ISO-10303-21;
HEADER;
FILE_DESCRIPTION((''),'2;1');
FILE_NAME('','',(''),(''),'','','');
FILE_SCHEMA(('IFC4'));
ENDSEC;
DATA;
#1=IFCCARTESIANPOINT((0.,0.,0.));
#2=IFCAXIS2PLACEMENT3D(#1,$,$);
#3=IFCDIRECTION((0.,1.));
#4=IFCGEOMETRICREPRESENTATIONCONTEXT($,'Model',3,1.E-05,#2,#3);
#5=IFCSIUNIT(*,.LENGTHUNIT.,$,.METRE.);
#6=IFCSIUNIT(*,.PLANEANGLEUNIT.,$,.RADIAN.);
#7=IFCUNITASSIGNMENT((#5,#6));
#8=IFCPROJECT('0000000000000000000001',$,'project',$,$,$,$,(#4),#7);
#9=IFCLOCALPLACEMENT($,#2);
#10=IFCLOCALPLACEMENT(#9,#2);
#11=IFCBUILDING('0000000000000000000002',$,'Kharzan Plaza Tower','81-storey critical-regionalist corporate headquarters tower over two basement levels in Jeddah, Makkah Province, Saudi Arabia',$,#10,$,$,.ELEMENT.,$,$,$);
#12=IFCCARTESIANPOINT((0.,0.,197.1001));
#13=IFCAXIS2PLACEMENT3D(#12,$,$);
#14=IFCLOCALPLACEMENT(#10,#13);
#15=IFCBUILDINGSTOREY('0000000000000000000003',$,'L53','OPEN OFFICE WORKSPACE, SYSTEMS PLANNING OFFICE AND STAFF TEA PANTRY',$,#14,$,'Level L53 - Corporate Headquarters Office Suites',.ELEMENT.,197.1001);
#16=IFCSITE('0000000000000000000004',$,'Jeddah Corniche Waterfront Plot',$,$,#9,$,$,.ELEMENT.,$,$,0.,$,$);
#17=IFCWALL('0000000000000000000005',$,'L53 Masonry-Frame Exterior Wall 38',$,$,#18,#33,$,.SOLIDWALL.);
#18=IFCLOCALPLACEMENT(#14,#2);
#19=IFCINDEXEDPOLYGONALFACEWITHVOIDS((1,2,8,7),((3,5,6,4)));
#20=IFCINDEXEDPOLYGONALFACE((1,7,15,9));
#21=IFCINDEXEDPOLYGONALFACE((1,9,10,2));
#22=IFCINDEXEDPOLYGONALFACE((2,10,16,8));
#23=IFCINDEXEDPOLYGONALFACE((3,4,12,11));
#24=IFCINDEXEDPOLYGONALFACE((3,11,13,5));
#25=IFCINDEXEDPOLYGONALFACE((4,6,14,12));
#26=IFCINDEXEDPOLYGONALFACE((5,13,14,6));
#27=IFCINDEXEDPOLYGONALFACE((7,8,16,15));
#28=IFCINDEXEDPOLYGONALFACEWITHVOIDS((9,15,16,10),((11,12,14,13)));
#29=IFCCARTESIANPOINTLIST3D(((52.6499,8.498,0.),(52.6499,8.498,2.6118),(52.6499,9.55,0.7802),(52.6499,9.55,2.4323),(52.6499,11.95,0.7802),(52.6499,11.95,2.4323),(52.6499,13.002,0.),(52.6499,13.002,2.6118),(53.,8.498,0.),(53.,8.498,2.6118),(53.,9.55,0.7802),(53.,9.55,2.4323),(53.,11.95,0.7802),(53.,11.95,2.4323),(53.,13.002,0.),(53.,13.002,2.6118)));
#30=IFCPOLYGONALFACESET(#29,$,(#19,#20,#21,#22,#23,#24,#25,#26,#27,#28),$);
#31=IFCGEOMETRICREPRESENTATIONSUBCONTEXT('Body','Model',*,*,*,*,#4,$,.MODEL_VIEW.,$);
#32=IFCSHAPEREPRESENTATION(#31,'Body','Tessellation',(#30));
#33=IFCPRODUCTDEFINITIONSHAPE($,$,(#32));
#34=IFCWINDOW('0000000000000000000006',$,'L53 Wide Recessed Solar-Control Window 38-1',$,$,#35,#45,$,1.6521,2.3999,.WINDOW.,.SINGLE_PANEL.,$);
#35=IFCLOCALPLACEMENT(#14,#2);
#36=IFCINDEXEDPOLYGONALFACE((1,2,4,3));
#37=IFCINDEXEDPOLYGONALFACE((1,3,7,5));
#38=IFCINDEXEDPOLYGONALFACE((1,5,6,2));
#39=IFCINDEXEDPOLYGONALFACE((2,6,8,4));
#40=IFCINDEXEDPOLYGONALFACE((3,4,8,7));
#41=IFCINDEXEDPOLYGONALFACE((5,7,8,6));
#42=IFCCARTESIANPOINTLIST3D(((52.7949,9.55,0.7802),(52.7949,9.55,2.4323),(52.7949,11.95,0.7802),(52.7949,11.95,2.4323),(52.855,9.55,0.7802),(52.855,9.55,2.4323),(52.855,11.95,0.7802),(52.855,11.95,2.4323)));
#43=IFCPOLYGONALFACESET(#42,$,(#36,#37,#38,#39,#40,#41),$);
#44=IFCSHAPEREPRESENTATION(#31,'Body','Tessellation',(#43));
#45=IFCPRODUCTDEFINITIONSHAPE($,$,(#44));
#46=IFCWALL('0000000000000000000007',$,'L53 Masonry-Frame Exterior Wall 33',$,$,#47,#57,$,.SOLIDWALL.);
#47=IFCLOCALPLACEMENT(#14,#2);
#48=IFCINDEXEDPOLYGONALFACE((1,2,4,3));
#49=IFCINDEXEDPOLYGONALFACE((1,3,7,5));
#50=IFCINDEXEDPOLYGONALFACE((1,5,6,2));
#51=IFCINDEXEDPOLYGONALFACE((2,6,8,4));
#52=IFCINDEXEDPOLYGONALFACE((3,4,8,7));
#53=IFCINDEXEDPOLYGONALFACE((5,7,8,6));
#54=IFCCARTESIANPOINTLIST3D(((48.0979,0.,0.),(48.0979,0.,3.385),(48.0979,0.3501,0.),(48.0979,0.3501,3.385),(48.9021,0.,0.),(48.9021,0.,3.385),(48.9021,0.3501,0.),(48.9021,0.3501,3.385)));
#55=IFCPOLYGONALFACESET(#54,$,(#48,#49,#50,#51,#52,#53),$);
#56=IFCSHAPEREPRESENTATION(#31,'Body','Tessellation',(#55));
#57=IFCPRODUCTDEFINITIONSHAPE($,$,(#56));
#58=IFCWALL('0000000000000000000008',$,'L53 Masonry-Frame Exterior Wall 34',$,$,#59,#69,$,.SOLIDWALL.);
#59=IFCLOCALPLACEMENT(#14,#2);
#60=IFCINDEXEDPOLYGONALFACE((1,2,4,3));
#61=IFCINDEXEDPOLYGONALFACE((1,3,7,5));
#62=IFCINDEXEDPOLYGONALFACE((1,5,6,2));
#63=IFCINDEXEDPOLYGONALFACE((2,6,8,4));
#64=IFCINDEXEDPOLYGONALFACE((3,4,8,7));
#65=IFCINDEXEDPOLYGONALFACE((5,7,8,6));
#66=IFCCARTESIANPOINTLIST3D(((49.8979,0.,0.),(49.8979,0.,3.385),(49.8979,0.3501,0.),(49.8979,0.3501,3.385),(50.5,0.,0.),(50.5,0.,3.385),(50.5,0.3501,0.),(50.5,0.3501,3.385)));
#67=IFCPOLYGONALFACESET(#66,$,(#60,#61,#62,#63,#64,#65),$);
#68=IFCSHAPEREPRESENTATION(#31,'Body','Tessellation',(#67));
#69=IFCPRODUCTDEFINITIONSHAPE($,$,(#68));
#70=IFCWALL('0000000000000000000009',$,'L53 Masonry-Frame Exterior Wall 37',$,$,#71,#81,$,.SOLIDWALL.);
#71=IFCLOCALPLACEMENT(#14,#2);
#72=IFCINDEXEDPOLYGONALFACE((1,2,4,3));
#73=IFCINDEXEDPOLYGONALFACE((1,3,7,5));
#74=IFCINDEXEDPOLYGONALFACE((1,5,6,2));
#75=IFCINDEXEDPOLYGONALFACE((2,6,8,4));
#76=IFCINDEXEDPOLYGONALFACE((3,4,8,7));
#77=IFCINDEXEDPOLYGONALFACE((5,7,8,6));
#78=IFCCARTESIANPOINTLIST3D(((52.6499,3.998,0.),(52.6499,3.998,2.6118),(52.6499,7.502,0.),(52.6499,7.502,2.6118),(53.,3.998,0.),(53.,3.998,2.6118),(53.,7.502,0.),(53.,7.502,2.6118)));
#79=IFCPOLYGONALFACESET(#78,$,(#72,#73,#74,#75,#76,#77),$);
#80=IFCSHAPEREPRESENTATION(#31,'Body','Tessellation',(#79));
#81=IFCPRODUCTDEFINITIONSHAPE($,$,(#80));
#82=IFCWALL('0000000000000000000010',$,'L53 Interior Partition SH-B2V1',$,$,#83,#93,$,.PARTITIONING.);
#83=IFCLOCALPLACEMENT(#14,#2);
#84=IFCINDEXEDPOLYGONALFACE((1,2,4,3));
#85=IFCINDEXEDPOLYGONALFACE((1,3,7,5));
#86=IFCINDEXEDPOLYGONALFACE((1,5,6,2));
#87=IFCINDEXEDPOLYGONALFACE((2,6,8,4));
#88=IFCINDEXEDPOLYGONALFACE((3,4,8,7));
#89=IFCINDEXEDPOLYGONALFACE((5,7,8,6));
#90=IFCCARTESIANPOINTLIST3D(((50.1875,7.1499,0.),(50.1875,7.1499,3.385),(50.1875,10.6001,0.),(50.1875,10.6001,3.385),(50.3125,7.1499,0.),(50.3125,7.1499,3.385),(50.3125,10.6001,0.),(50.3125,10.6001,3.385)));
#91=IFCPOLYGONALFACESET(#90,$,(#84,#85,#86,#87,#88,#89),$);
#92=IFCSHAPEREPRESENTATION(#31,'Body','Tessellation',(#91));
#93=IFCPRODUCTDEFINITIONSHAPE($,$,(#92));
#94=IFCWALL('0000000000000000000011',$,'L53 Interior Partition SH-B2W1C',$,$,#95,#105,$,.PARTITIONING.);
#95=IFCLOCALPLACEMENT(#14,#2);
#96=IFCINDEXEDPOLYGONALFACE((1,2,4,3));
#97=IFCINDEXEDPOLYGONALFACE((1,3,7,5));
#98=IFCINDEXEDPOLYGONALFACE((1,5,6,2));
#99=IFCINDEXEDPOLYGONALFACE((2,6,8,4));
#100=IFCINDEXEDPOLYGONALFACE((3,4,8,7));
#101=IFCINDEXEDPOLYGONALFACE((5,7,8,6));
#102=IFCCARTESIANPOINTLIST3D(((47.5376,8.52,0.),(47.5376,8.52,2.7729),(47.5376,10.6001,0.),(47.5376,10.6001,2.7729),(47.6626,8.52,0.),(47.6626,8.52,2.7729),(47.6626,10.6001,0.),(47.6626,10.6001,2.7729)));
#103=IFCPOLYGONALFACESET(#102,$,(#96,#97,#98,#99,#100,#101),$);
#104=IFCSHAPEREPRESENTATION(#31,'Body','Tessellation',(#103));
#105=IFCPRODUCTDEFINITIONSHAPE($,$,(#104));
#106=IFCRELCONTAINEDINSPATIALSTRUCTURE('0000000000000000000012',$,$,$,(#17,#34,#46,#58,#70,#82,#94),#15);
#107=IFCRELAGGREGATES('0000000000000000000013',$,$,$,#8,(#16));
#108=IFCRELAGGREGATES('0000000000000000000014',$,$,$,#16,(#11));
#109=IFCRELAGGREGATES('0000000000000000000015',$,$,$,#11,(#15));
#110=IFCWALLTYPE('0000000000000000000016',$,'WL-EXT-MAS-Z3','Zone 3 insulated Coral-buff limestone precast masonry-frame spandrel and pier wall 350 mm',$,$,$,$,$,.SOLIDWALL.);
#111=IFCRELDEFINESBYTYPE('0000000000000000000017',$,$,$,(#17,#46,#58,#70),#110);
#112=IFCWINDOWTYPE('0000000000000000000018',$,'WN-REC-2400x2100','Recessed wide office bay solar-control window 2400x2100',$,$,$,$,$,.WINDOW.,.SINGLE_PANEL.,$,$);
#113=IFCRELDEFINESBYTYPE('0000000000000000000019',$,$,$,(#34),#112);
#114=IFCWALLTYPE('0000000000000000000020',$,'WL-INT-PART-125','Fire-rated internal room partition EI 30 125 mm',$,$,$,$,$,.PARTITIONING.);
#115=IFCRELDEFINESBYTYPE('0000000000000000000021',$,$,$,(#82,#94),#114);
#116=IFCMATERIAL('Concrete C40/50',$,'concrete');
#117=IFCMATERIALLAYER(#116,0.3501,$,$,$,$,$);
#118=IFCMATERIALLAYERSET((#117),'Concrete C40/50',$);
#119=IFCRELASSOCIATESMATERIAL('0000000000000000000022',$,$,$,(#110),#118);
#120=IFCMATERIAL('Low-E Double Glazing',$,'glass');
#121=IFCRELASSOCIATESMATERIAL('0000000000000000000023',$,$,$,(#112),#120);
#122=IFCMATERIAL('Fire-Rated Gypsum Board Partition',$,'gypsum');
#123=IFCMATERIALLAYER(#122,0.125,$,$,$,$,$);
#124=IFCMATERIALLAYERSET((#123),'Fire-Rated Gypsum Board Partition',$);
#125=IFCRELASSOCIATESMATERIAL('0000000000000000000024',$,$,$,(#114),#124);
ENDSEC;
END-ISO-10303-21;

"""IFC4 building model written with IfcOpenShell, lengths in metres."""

from ifc_helpers import new_model, si_unit, direction, frame, frame_2d, origin, place, context, subcontext, project, spatial, rectangle, extrude, source, transform, mapped, material, layer, layer_set, type_object, element, fill, save


model = new_model("IFC4")

# Units and contexts
model_context = context("Model", 3, precision=1e-05, world=origin(), true_north=direction((0.0, 1.0)))
body_context = subcontext(model_context, "Body", "Model", "MODEL_VIEW")
ifc_project = project(units=[si_unit("LENGTHUNIT", "METRE"), si_unit("PLANEANGLEUNIT", "RADIAN")], contexts=[model_context])

# Site, building, storey
site_placement = place(None, origin())
site = spatial("IfcSite", under=ifc_project, at=site_placement, Name="Jeddah Corniche Waterfront Plot", CompositionType="ELEMENT", RefElevation=0.0)
building_placement = place(site_placement, origin())
building = spatial("IfcBuilding", under=site, at=building_placement, Name="Kharzan Plaza Tower", Description="81-storey critical-regionalist corporate headquarters tower over two basement levels in Jeddah, Makkah Province, Saudi Arabia", CompositionType="ELEMENT")
storey_placement = place(building_placement, frame((0.0, 0.0, 197.1001)))
storey = spatial("IfcBuildingStorey", under=building, at=storey_placement, Name="L53", Description="OPEN OFFICE WORKSPACE, SYSTEMS PLANNING OFFICE AND STAFF TEA PANTRY", LongName="Level L53 - Corporate Headquarters Office Suites", CompositionType="ELEMENT", Elevation=197.1001)

# Wall, opening, window
ifc_material_1 = material(Name="Concrete C40/50", Category="concrete")
ifc_layer_1 = layer(ifc_material_1, 0.3501)
ifc_layer_set_1 = layer_set([ifc_layer_1], Name="Concrete C40/50")
wall_type_1 = type_object("IfcWallType", Name="WL-EXT-MAS-Z3", Description="Zone 3 insulated Coral-buff limestone precast masonry-frame spandrel and pier wall 350 mm", PredefinedType="SOLIDWALL", material=ifc_layer_set_1)
ifc_material_2 = material(Name="Low-E Double Glazing", Category="glass")
wall_1_placement = place(storey_placement, frame((52.825, 8.498, 0.0), z_axis=(0.0, 0.0, 1.0), x_axis=(0.0, 1.0, 0.0)))
wall_1 = element("IfcWall", 1, at=wall_1_placement, inside=storey, type_object=wall_type_1, Name="L53 Masonry-Frame Exterior Wall 38", PredefinedType="SOLIDWALL", context=body_context, shape_type="SweptSolid", body=[
    extrude(rectangle(XDim=4.5039, YDim=0.3501, at=frame_2d((2.252, 0.0))), origin(), (0.0, 0.0, 1.0), 2.6118),
])
opening_1_placement = place(wall_1_placement, frame((1.052, 0.0, 0.78)))
opening_1 = element("IfcOpeningElement", 2, at=opening_1_placement, cuts=wall_1, PredefinedType="OPENING", context=body_context, shape_type="SweptSolid", body=[
    extrude(rectangle(XDim=2.3999, YDim=1.6521, at=frame_2d((1.2, 0.8262))), frame((0.0, 0.1851, 0.0), z_axis=(0.0, -1.0, 0.0), x_axis=(1.0, 0.0, 0.0)), (0.0, 0.0, 1.0), 0.3701),
])
window_type_1 = type_object("IfcWindowType", Name="WN-REC-2400x2100", Description="Recessed wide office bay solar-control window 2400x2100", PartitioningType="SINGLE_PANEL", PredefinedType="WINDOW", material=ifc_material_2)
shared_shape_1 = source(origin(), body_context, "Body", "SweptSolid", [
    extrude(rectangle(XDim=2.3999, YDim=1.6521, at=frame_2d((1.2, 0.8262))), frame((0.0, 0.03, 0.0), z_axis=(0.0, -1.0, 0.0), x_axis=(1.0, 0.0, 0.0)), (0.0, 0.0, 1.0), 0.0601),
])
window_1_placement = place(opening_1_placement, origin())
window_1 = element("IfcWindow", 3, at=window_1_placement, inside=storey, type_object=window_type_1, Name="L53 Wide Recessed Solar-Control Window 38-1", OverallHeight=1.6521, OverallWidth=2.3999, PartitioningType="SINGLE_PANEL", PredefinedType="WINDOW", context=body_context, shape_type="MappedRepresentation", body=[
    mapped(shared_shape_1, transform((0.0, 0.0, 0.0), x_axis=(1.0, 0.0, 0.0), y_axis=(0.0, 1.0, 0.0), z_axis=(0.0, 0.0, 1.0))),
])
fill(opening_1, window_1)

# Walls
shared_shape_2 = source(origin(), body_context, "Body", "SweptSolid", [
    extrude(rectangle(XDim=0.8042, YDim=0.3501, at=frame_2d((0.4021, 0.0))), origin(), (0.0, 0.0, 1.0), 3.385),
])
wall_2_placement = place(storey_placement, frame((48.0979, 0.175, 0.0), z_axis=(0.0, 0.0, 1.0), x_axis=(1.0, 0.0, 0.0)))
element("IfcWall", 4, at=wall_2_placement, inside=storey, type_object=wall_type_1, Name="L53 Masonry-Frame Exterior Wall 33", PredefinedType="SOLIDWALL", context=body_context, shape_type="MappedRepresentation", body=[
    mapped(shared_shape_2, transform((0.0, 0.0, 0.0), x_axis=(1.0, 0.0, 0.0), y_axis=(0.0, 1.0, 0.0), z_axis=(0.0, 0.0, 1.0))),
])
shared_shape_3 = source(origin(), body_context, "Body", "SweptSolid", [
    extrude(rectangle(XDim=0.6021, YDim=0.3501, at=frame_2d((0.301, 0.0))), origin(), (0.0, 0.0, 1.0), 3.385),
])
wall_3_placement = place(storey_placement, frame((49.8979, 0.175, 0.0), z_axis=(0.0, 0.0, 1.0), x_axis=(1.0, 0.0, 0.0)))
element("IfcWall", 5, at=wall_3_placement, inside=storey, type_object=wall_type_1, Name="L53 Masonry-Frame Exterior Wall 34", PredefinedType="SOLIDWALL", context=body_context, shape_type="MappedRepresentation", body=[
    mapped(shared_shape_3, transform((0.0, 0.0, 0.0), x_axis=(1.0, 0.0, 0.0), y_axis=(0.0, 1.0, 0.0), z_axis=(0.0, 0.0, 1.0))),
])
shared_shape_4 = source(origin(), body_context, "Body", "SweptSolid", [
    extrude(rectangle(XDim=3.5039, YDim=0.3501, at=frame_2d((1.752, 0.0))), origin(), (0.0, 0.0, 1.0), 2.6118),
])
wall_4_placement = place(storey_placement, frame((52.825, 3.998, 0.0), z_axis=(0.0, 0.0, 1.0), x_axis=(0.0, 1.0, 0.0)))
element("IfcWall", 6, at=wall_4_placement, inside=storey, type_object=wall_type_1, Name="L53 Masonry-Frame Exterior Wall 37", PredefinedType="SOLIDWALL", context=body_context, shape_type="MappedRepresentation", body=[
    mapped(shared_shape_4, transform((0.0, 0.0, 0.0), x_axis=(1.0, 0.0, 0.0), y_axis=(0.0, 1.0, 0.0), z_axis=(0.0, 0.0, 1.0))),
])
ifc_material_3 = material(Name="Fire-Rated Gypsum Board Partition", Category="gypsum")
ifc_layer_2 = layer(ifc_material_3, 0.125)
ifc_layer_set_2 = layer_set([ifc_layer_2], Name="Fire-Rated Gypsum Board Partition")
wall_type_2 = type_object("IfcWallType", Name="WL-INT-PART-125", Description="Fire-rated internal room partition EI 30 125 mm", PredefinedType="PARTITIONING", material=ifc_layer_set_2)
shared_shape_5 = source(origin(), body_context, "Body", "SweptSolid", [
    extrude(rectangle(XDim=3.4502, YDim=0.125, at=frame_2d((1.7251, 0.0))), origin(), (0.0, 0.0, 1.0), 3.385),
])
wall_5_placement = place(storey_placement, frame((50.25, 7.1499, 0.0), z_axis=(0.0, 0.0, 1.0), x_axis=(0.0, 1.0, 0.0)))
element("IfcWall", 7, at=wall_5_placement, inside=storey, type_object=wall_type_2, Name="L53 Interior Partition SH-B2V1", PredefinedType="PARTITIONING", context=body_context, shape_type="MappedRepresentation", body=[
    mapped(shared_shape_5, transform((0.0, 0.0, 0.0), x_axis=(1.0, 0.0, 0.0), y_axis=(0.0, 1.0, 0.0), z_axis=(0.0, 0.0, 1.0))),
])
shared_shape_6 = source(origin(), body_context, "Body", "SweptSolid", [
    extrude(rectangle(XDim=2.0801, YDim=0.125, at=frame_2d((1.04, 0.0))), origin(), (0.0, 0.0, 1.0), 2.7729),
])
wall_6_placement = place(storey_placement, frame((47.6001, 8.52, 0.0), z_axis=(0.0, 0.0, 1.0), x_axis=(0.0, 1.0, 0.0)))
element("IfcWall", 8, at=wall_6_placement, inside=storey, type_object=wall_type_2, Name="L53 Interior Partition SH-B2W1C", PredefinedType="PARTITIONING", context=body_context, shape_type="MappedRepresentation", body=[
    mapped(shared_shape_6, transform((0.0, 0.0, 0.0), x_axis=(1.0, 0.0, 0.0), y_axis=(0.0, 1.0, 0.0), z_axis=(0.0, 0.0, 1.0))),
])

save(model, "model.ifc")
